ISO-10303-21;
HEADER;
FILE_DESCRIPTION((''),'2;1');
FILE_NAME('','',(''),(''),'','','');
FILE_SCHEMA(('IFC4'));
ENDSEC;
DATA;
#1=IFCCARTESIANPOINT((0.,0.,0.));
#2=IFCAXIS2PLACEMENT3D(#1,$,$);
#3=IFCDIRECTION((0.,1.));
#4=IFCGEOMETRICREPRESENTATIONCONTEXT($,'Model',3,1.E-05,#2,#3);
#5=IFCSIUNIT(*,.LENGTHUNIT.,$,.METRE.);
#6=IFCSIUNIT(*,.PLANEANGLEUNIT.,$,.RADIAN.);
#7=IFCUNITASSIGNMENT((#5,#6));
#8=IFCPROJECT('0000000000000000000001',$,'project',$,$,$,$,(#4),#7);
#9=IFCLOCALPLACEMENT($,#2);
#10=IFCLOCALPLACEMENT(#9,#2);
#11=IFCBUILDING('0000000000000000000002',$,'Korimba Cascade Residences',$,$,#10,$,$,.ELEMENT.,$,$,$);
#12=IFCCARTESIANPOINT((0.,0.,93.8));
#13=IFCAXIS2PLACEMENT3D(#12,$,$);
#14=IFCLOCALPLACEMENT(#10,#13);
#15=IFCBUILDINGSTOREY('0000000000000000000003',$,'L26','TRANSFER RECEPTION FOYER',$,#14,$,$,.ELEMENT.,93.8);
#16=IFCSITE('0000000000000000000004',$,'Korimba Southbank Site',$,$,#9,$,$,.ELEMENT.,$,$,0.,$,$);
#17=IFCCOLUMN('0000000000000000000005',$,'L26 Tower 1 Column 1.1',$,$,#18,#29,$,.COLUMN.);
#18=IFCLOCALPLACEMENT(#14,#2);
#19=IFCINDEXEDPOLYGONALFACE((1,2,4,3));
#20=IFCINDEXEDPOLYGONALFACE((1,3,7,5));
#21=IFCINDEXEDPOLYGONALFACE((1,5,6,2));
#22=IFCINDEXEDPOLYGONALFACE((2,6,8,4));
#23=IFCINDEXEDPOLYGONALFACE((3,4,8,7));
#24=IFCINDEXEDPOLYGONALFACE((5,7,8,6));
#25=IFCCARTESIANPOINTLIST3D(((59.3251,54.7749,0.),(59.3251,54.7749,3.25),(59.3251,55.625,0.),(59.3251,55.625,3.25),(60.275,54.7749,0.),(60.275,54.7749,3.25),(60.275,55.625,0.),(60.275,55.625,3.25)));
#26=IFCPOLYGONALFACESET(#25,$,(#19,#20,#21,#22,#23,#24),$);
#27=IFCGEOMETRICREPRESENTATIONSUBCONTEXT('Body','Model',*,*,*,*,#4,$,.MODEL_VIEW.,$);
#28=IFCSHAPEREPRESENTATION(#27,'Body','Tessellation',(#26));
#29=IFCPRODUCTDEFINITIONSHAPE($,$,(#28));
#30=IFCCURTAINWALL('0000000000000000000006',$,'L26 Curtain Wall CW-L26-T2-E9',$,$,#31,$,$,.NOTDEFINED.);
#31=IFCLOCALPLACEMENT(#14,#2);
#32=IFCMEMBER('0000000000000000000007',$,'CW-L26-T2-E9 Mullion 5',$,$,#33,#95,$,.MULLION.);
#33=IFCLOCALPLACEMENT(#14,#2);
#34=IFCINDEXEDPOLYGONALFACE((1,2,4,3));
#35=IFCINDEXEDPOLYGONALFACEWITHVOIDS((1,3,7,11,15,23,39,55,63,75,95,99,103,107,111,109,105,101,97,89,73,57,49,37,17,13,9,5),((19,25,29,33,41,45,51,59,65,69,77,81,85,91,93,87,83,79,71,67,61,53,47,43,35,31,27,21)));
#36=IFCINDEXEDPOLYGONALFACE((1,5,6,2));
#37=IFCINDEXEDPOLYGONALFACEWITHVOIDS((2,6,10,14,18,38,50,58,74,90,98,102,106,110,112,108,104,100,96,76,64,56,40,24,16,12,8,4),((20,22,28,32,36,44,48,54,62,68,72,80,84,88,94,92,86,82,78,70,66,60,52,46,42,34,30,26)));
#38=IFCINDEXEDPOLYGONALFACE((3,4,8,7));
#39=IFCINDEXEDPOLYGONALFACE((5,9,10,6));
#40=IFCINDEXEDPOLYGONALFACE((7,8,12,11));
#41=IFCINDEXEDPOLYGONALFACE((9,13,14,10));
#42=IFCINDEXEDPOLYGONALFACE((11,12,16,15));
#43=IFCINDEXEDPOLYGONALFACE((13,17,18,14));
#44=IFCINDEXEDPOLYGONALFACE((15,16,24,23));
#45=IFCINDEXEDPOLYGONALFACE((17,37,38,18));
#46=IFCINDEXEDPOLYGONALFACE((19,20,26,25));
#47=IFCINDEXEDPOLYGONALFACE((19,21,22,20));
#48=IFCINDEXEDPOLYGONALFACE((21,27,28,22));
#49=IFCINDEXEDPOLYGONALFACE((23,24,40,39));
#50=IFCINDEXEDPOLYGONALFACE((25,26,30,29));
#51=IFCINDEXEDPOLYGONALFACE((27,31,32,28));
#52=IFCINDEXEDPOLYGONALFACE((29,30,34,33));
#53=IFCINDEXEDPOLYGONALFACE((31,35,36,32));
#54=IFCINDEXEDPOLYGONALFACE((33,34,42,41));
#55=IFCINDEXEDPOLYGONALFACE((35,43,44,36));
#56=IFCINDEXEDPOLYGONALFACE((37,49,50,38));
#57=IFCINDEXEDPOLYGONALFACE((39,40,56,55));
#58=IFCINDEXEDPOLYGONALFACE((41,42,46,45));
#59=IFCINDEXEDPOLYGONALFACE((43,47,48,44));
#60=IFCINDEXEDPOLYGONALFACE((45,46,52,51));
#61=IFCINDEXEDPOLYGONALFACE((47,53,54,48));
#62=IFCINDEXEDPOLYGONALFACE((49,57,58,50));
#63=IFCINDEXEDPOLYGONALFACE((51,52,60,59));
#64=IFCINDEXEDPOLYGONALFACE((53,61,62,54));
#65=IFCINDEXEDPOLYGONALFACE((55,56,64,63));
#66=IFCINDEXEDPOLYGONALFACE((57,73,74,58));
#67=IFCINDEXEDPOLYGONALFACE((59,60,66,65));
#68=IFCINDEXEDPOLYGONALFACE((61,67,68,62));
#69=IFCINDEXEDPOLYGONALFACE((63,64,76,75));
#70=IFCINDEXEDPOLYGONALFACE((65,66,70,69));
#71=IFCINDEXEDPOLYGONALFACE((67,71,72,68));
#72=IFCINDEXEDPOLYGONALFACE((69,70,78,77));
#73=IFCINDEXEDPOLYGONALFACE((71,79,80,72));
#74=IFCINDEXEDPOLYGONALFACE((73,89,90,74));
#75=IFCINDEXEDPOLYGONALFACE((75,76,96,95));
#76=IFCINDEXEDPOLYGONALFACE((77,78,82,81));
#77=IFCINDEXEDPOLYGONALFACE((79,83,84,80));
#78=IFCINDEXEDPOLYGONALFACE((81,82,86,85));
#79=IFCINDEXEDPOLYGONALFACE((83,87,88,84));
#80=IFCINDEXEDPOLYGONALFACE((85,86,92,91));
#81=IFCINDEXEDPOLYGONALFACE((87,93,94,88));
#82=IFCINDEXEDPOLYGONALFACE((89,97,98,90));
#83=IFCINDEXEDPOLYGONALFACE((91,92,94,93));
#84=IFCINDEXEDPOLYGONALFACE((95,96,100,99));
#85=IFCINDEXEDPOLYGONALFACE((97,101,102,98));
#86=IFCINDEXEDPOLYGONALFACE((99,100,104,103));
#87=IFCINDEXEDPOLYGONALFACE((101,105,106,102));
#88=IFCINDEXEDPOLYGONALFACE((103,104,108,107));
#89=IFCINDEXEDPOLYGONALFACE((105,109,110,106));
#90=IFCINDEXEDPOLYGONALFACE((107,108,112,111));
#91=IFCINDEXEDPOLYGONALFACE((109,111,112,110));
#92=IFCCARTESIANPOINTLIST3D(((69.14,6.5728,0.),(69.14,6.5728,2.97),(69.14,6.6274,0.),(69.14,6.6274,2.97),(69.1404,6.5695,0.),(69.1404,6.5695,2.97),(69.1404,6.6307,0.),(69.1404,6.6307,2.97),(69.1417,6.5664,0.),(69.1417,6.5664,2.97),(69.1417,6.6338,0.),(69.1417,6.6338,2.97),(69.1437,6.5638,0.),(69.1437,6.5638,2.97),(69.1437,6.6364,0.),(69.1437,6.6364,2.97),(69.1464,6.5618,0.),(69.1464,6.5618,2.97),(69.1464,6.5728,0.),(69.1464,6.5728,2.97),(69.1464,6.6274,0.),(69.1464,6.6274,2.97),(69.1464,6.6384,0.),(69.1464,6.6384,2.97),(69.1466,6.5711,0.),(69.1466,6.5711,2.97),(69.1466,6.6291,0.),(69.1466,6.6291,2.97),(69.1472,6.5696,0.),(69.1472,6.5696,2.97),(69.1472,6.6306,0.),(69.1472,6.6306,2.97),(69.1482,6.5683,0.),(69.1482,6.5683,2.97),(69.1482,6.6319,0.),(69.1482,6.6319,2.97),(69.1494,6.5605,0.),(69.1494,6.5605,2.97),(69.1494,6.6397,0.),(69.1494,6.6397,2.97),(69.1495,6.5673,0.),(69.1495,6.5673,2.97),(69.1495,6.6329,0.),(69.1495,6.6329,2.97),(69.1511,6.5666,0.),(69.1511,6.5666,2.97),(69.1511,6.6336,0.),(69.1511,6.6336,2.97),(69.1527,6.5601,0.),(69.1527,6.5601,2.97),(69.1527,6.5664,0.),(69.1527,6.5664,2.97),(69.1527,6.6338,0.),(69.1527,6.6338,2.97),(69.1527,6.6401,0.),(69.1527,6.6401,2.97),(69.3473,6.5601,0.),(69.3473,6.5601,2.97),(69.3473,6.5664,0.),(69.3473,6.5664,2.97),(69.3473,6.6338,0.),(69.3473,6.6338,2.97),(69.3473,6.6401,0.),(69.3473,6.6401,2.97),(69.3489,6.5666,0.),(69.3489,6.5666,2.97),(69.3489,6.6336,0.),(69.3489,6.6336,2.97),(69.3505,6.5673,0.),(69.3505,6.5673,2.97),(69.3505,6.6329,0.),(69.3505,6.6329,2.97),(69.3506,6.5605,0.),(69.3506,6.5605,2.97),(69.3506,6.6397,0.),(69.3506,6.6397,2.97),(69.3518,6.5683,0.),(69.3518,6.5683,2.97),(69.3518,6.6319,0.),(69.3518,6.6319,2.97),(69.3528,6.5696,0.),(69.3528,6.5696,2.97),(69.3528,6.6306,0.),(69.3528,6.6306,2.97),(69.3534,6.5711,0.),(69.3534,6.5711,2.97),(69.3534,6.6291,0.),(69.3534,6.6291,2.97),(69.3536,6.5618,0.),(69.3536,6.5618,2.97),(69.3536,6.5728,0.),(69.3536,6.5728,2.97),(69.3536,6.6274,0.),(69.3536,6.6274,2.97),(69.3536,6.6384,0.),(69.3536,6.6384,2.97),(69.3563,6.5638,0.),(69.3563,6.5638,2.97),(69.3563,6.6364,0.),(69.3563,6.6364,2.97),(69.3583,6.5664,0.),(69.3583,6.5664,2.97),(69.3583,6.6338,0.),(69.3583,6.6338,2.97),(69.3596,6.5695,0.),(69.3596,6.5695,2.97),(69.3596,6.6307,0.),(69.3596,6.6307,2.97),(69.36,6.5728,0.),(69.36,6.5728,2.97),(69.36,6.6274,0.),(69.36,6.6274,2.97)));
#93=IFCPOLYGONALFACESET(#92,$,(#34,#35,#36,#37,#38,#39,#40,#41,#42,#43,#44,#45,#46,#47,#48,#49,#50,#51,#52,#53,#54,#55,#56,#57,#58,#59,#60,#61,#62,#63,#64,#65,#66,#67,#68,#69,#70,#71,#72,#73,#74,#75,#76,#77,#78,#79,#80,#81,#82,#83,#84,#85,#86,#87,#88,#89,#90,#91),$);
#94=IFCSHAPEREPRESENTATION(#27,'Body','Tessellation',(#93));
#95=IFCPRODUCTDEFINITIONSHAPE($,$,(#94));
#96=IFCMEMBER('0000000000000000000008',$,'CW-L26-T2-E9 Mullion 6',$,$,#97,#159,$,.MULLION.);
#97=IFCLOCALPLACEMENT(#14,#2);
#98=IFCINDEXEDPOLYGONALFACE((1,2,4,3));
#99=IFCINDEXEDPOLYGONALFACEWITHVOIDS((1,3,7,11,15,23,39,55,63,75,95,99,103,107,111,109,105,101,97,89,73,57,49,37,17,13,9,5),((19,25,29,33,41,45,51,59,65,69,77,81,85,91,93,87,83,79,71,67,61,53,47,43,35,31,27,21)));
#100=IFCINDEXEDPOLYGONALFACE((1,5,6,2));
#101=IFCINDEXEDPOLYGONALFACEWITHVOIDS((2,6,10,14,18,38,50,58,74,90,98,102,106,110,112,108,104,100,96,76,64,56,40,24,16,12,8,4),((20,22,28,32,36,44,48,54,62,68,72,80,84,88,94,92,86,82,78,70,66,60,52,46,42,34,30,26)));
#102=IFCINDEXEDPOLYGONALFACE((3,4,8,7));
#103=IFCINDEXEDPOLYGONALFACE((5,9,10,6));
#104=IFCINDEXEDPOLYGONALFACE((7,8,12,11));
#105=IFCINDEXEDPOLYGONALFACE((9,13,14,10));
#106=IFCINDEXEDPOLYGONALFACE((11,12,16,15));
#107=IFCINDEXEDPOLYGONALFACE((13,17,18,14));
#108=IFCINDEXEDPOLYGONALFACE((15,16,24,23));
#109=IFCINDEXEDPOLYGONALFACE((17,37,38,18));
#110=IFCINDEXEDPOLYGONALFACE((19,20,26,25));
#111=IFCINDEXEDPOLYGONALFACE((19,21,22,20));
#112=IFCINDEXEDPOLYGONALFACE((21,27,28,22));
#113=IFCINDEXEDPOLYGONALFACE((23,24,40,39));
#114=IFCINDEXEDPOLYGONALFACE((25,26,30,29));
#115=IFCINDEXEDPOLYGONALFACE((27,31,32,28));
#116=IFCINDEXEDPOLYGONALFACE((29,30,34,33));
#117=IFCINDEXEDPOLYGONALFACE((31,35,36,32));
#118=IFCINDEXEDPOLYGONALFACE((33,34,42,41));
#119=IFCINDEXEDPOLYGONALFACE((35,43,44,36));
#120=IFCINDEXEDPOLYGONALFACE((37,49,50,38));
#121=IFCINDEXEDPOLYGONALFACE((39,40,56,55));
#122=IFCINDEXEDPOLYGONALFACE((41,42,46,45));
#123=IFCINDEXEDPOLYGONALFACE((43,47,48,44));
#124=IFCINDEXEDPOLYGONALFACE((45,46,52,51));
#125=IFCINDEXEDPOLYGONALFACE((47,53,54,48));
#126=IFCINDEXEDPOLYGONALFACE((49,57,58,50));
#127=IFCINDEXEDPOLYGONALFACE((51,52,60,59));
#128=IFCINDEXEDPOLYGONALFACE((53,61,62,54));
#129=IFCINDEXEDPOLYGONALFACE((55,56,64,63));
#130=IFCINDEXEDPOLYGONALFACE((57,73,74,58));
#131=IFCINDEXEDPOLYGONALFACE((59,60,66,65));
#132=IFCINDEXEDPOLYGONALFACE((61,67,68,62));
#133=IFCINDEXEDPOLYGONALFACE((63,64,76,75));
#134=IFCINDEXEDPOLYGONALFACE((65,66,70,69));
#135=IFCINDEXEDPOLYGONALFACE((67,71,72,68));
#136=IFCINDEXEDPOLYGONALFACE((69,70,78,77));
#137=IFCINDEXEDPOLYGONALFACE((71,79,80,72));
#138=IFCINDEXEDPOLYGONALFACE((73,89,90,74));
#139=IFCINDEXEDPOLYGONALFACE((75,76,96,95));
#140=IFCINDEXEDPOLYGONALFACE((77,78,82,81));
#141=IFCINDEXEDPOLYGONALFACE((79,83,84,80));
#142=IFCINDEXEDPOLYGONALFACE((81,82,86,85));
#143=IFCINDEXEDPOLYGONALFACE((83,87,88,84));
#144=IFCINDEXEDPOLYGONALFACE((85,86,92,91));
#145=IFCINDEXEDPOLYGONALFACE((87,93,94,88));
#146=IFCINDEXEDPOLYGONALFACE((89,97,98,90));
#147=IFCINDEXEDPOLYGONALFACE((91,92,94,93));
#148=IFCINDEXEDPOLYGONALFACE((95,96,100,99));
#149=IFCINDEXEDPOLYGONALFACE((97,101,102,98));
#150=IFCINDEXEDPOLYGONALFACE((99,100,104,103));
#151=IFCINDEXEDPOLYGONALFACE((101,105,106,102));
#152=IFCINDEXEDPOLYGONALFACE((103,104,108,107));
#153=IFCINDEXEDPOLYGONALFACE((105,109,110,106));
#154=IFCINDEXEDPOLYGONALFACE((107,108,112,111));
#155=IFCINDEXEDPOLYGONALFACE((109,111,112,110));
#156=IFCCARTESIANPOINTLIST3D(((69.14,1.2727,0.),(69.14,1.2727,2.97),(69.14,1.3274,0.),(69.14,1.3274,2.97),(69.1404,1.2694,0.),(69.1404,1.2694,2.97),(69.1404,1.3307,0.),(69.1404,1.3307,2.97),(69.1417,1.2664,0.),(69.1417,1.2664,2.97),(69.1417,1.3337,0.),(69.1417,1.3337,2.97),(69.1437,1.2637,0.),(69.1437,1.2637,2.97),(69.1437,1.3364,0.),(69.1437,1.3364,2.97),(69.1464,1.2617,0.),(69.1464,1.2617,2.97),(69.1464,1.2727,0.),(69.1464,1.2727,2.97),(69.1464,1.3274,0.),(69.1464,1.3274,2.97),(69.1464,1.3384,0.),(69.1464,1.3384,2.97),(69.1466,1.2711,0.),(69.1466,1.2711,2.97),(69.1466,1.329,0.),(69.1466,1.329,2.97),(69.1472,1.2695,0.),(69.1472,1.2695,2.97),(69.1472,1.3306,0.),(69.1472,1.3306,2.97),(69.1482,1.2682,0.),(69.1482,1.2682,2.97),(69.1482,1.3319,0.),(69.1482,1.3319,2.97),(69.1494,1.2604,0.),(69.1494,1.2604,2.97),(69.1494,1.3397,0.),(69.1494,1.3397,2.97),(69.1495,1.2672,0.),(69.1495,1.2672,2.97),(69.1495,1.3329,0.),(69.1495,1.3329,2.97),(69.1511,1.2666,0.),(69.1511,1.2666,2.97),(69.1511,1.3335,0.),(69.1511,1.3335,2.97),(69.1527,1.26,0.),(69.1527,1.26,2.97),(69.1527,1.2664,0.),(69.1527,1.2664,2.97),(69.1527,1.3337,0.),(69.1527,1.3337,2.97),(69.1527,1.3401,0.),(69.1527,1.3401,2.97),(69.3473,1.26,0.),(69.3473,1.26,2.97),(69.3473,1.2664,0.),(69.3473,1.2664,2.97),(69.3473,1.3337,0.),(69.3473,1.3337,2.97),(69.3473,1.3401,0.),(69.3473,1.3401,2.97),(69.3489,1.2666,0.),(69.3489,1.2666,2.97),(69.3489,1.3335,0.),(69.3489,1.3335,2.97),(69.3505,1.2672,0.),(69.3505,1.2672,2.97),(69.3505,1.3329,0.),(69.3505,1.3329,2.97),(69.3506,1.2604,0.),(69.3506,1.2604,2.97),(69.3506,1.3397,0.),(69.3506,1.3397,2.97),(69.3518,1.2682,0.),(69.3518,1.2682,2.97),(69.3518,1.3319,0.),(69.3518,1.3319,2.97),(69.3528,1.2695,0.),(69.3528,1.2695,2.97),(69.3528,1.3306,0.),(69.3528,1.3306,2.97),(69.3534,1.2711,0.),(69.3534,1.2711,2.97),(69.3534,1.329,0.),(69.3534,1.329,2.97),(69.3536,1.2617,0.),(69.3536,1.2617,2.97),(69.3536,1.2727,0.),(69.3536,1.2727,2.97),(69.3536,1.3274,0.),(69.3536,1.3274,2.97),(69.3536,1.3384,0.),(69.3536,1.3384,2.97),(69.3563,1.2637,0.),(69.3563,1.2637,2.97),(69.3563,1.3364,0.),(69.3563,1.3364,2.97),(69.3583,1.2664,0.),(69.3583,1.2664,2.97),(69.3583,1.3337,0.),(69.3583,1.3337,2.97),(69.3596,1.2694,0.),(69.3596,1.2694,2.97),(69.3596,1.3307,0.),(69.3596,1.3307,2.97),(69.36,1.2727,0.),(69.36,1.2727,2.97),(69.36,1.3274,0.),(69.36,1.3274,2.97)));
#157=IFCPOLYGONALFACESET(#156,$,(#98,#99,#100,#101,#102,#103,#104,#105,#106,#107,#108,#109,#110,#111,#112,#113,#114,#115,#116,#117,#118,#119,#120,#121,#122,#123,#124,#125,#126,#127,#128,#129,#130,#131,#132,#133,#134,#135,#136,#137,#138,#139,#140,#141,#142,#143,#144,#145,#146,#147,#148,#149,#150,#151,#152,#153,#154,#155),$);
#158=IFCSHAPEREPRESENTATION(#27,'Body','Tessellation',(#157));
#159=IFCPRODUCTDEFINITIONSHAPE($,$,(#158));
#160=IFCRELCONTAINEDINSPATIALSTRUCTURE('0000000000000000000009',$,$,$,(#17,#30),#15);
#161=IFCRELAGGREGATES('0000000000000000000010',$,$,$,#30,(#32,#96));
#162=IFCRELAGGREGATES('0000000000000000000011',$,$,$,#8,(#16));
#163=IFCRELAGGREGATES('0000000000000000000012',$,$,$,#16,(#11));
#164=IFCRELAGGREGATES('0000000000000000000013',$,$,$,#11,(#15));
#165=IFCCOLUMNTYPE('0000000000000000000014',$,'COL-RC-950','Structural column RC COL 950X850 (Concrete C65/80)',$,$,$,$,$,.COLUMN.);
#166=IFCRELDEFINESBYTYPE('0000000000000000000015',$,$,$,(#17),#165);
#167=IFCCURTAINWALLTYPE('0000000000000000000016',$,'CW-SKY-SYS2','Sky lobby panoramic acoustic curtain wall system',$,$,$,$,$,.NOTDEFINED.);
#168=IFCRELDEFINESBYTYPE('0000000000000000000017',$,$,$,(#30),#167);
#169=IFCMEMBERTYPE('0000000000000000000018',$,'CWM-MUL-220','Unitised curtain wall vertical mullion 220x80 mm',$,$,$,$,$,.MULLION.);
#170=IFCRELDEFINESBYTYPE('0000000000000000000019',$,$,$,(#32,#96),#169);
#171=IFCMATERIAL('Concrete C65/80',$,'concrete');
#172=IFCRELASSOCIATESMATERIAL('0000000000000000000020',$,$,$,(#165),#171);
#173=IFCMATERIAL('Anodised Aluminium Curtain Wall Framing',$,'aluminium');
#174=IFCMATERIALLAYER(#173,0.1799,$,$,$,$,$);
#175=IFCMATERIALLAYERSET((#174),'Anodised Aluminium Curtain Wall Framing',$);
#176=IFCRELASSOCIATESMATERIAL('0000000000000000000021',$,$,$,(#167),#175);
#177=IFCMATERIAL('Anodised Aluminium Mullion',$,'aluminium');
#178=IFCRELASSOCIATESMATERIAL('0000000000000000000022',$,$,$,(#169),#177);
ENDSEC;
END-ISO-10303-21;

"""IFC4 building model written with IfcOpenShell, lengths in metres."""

from ifc_helpers import new_model, si_unit, direction, frame, origin, origin_2d, place, context, subcontext, project, spatial, rectangle, hollow_rectangle, extrude, material, layer, layer_set, material_profile, profile_set, type_object, element, aggregate, save


model = new_model("IFC4")

# Units and contexts
model_context = context("Model", 3, precision=1e-05, world=origin(), true_north=direction((0.0, 1.0)))
body_context = subcontext(model_context, "Body", "Model", "MODEL_VIEW")
ifc_project = project(units=[si_unit("LENGTHUNIT", "METRE"), si_unit("PLANEANGLEUNIT", "RADIAN")], contexts=[model_context])

# Site, building, storey
site_placement = place(None, origin())
site = spatial("IfcSite", under=ifc_project, at=site_placement, Name="Korimba Southbank Site", CompositionType="ELEMENT", RefElevation=0.0)
building_placement = place(site_placement, origin())
building = spatial("IfcBuilding", under=site, at=building_placement, Name="Korimba Cascade Residences", CompositionType="ELEMENT")
storey_placement = place(building_placement, frame((0.0, 0.0, 93.8)))
storey = spatial("IfcBuildingStorey", under=building, at=storey_placement, Name="L26", Description="TRANSFER RECEPTION FOYER", CompositionType="ELEMENT", Elevation=93.8)

# Column
ifc_material_1 = material(Name="Concrete C65/80", Category="concrete")
ifc_material_profile_1 = material_profile(ifc_material_1, rectangle(XDim=0.95, YDim=0.8501, at=origin_2d()), Name="Concrete C65/80")
ifc_profile_set_1 = profile_set([ifc_material_profile_1], Name="Concrete C65/80")
column_type = type_object("IfcColumnType", Name="COL-RC-950", Description="Structural column RC COL 950X850 (Concrete C65/80)", PredefinedType="COLUMN", material=ifc_profile_set_1)
column_placement = place(storey_placement, frame((59.8, 55.2, 0.0), z_axis=(0.0, 0.0, 1.0), x_axis=(1.0, 0.0, 0.0)))
element("IfcColumn", 1, at=column_placement, inside=storey, type_object=column_type, Name="L26 Tower 1 Column 1.1", PredefinedType="COLUMN", context=body_context, shape_type="SweptSolid", body=[
    extrude(rectangle(XDim=0.95, YDim=0.8501, at=origin_2d()), origin(), (0.0, 0.0, 1.0), 3.25),
])

# Curtain wall, members
ifc_material_2 = material(Name="Anodised Aluminium Curtain Wall Framing", Category="aluminium")
ifc_layer_1 = layer(ifc_material_2, 0.1799)
ifc_layer_set_1 = layer_set([ifc_layer_1], Name="Anodised Aluminium Curtain Wall Framing")
curtain_wall_type = type_object("IfcCurtainWallType", Name="CW-SKY-SYS2", Description="Sky lobby panoramic acoustic curtain wall system", PredefinedType="NOTDEFINED", material=ifc_layer_set_1)
curtain_wall_placement = place(storey_placement, origin())
curtain_wall = element("IfcCurtainWall", 2, at=curtain_wall_placement, inside=storey, type_object=curtain_wall_type, Name="L26 Curtain Wall CW-L26-T2-E9", PredefinedType="NOTDEFINED")
ifc_material_3 = material(Name="Anodised Aluminium Mullion", Category="aluminium")
ifc_material_profile_2 = material_profile(ifc_material_3, hollow_rectangle(XDim=0.0801, YDim=0.22, WallThickness=0.0063, InnerFilletRadius=0.0063, OuterFilletRadius=0.0127, at=origin_2d()), Name="Anodised Aluminium Mullion")
ifc_profile_set_2 = profile_set([ifc_material_profile_2], Name="Anodised Aluminium Mullion")
member_type_1 = type_object("IfcMemberType", Name="CWM-MUL-220", Description="Unitised curtain wall vertical mullion 220x80 mm", PredefinedType="MULLION", material=ifc_profile_set_2)
member_1_placement = place(storey_placement, frame((69.25, 6.6001, 0.0), z_axis=(0.0, 0.0, 1.0), x_axis=(0.0, -1.0, 0.0)))
member_1 = element("IfcMember", 3, at=member_1_placement, type_object=member_type_1, Name="CW-L26-T2-E9 Mullion 5", PredefinedType="MULLION", context=body_context, shape_type="SweptSolid", body=[
    extrude(hollow_rectangle(XDim=0.0801, YDim=0.22, WallThickness=0.0063, InnerFilletRadius=0.0063, OuterFilletRadius=0.0127, at=origin_2d()), origin(), (0.0, 0.0, 1.0), 2.97),
])
member_2_placement = place(storey_placement, frame((69.25, 1.3, 0.0), z_axis=(0.0, 0.0, 1.0), x_axis=(0.0, -1.0, 0.0)))
member_2 = element("IfcMember", 4, at=member_2_placement, type_object=member_type_1, Name="CW-L26-T2-E9 Mullion 6", PredefinedType="MULLION", context=body_context, shape_type="SweptSolid", body=[
    extrude(hollow_rectangle(XDim=0.0801, YDim=0.22, WallThickness=0.0063, InnerFilletRadius=0.0063, OuterFilletRadius=0.0127, at=origin_2d()), origin(), (0.0, 0.0, 1.0), 2.97),
])
aggregate(curtain_wall, [member_1, member_2])

save(model, "model.ifc")
